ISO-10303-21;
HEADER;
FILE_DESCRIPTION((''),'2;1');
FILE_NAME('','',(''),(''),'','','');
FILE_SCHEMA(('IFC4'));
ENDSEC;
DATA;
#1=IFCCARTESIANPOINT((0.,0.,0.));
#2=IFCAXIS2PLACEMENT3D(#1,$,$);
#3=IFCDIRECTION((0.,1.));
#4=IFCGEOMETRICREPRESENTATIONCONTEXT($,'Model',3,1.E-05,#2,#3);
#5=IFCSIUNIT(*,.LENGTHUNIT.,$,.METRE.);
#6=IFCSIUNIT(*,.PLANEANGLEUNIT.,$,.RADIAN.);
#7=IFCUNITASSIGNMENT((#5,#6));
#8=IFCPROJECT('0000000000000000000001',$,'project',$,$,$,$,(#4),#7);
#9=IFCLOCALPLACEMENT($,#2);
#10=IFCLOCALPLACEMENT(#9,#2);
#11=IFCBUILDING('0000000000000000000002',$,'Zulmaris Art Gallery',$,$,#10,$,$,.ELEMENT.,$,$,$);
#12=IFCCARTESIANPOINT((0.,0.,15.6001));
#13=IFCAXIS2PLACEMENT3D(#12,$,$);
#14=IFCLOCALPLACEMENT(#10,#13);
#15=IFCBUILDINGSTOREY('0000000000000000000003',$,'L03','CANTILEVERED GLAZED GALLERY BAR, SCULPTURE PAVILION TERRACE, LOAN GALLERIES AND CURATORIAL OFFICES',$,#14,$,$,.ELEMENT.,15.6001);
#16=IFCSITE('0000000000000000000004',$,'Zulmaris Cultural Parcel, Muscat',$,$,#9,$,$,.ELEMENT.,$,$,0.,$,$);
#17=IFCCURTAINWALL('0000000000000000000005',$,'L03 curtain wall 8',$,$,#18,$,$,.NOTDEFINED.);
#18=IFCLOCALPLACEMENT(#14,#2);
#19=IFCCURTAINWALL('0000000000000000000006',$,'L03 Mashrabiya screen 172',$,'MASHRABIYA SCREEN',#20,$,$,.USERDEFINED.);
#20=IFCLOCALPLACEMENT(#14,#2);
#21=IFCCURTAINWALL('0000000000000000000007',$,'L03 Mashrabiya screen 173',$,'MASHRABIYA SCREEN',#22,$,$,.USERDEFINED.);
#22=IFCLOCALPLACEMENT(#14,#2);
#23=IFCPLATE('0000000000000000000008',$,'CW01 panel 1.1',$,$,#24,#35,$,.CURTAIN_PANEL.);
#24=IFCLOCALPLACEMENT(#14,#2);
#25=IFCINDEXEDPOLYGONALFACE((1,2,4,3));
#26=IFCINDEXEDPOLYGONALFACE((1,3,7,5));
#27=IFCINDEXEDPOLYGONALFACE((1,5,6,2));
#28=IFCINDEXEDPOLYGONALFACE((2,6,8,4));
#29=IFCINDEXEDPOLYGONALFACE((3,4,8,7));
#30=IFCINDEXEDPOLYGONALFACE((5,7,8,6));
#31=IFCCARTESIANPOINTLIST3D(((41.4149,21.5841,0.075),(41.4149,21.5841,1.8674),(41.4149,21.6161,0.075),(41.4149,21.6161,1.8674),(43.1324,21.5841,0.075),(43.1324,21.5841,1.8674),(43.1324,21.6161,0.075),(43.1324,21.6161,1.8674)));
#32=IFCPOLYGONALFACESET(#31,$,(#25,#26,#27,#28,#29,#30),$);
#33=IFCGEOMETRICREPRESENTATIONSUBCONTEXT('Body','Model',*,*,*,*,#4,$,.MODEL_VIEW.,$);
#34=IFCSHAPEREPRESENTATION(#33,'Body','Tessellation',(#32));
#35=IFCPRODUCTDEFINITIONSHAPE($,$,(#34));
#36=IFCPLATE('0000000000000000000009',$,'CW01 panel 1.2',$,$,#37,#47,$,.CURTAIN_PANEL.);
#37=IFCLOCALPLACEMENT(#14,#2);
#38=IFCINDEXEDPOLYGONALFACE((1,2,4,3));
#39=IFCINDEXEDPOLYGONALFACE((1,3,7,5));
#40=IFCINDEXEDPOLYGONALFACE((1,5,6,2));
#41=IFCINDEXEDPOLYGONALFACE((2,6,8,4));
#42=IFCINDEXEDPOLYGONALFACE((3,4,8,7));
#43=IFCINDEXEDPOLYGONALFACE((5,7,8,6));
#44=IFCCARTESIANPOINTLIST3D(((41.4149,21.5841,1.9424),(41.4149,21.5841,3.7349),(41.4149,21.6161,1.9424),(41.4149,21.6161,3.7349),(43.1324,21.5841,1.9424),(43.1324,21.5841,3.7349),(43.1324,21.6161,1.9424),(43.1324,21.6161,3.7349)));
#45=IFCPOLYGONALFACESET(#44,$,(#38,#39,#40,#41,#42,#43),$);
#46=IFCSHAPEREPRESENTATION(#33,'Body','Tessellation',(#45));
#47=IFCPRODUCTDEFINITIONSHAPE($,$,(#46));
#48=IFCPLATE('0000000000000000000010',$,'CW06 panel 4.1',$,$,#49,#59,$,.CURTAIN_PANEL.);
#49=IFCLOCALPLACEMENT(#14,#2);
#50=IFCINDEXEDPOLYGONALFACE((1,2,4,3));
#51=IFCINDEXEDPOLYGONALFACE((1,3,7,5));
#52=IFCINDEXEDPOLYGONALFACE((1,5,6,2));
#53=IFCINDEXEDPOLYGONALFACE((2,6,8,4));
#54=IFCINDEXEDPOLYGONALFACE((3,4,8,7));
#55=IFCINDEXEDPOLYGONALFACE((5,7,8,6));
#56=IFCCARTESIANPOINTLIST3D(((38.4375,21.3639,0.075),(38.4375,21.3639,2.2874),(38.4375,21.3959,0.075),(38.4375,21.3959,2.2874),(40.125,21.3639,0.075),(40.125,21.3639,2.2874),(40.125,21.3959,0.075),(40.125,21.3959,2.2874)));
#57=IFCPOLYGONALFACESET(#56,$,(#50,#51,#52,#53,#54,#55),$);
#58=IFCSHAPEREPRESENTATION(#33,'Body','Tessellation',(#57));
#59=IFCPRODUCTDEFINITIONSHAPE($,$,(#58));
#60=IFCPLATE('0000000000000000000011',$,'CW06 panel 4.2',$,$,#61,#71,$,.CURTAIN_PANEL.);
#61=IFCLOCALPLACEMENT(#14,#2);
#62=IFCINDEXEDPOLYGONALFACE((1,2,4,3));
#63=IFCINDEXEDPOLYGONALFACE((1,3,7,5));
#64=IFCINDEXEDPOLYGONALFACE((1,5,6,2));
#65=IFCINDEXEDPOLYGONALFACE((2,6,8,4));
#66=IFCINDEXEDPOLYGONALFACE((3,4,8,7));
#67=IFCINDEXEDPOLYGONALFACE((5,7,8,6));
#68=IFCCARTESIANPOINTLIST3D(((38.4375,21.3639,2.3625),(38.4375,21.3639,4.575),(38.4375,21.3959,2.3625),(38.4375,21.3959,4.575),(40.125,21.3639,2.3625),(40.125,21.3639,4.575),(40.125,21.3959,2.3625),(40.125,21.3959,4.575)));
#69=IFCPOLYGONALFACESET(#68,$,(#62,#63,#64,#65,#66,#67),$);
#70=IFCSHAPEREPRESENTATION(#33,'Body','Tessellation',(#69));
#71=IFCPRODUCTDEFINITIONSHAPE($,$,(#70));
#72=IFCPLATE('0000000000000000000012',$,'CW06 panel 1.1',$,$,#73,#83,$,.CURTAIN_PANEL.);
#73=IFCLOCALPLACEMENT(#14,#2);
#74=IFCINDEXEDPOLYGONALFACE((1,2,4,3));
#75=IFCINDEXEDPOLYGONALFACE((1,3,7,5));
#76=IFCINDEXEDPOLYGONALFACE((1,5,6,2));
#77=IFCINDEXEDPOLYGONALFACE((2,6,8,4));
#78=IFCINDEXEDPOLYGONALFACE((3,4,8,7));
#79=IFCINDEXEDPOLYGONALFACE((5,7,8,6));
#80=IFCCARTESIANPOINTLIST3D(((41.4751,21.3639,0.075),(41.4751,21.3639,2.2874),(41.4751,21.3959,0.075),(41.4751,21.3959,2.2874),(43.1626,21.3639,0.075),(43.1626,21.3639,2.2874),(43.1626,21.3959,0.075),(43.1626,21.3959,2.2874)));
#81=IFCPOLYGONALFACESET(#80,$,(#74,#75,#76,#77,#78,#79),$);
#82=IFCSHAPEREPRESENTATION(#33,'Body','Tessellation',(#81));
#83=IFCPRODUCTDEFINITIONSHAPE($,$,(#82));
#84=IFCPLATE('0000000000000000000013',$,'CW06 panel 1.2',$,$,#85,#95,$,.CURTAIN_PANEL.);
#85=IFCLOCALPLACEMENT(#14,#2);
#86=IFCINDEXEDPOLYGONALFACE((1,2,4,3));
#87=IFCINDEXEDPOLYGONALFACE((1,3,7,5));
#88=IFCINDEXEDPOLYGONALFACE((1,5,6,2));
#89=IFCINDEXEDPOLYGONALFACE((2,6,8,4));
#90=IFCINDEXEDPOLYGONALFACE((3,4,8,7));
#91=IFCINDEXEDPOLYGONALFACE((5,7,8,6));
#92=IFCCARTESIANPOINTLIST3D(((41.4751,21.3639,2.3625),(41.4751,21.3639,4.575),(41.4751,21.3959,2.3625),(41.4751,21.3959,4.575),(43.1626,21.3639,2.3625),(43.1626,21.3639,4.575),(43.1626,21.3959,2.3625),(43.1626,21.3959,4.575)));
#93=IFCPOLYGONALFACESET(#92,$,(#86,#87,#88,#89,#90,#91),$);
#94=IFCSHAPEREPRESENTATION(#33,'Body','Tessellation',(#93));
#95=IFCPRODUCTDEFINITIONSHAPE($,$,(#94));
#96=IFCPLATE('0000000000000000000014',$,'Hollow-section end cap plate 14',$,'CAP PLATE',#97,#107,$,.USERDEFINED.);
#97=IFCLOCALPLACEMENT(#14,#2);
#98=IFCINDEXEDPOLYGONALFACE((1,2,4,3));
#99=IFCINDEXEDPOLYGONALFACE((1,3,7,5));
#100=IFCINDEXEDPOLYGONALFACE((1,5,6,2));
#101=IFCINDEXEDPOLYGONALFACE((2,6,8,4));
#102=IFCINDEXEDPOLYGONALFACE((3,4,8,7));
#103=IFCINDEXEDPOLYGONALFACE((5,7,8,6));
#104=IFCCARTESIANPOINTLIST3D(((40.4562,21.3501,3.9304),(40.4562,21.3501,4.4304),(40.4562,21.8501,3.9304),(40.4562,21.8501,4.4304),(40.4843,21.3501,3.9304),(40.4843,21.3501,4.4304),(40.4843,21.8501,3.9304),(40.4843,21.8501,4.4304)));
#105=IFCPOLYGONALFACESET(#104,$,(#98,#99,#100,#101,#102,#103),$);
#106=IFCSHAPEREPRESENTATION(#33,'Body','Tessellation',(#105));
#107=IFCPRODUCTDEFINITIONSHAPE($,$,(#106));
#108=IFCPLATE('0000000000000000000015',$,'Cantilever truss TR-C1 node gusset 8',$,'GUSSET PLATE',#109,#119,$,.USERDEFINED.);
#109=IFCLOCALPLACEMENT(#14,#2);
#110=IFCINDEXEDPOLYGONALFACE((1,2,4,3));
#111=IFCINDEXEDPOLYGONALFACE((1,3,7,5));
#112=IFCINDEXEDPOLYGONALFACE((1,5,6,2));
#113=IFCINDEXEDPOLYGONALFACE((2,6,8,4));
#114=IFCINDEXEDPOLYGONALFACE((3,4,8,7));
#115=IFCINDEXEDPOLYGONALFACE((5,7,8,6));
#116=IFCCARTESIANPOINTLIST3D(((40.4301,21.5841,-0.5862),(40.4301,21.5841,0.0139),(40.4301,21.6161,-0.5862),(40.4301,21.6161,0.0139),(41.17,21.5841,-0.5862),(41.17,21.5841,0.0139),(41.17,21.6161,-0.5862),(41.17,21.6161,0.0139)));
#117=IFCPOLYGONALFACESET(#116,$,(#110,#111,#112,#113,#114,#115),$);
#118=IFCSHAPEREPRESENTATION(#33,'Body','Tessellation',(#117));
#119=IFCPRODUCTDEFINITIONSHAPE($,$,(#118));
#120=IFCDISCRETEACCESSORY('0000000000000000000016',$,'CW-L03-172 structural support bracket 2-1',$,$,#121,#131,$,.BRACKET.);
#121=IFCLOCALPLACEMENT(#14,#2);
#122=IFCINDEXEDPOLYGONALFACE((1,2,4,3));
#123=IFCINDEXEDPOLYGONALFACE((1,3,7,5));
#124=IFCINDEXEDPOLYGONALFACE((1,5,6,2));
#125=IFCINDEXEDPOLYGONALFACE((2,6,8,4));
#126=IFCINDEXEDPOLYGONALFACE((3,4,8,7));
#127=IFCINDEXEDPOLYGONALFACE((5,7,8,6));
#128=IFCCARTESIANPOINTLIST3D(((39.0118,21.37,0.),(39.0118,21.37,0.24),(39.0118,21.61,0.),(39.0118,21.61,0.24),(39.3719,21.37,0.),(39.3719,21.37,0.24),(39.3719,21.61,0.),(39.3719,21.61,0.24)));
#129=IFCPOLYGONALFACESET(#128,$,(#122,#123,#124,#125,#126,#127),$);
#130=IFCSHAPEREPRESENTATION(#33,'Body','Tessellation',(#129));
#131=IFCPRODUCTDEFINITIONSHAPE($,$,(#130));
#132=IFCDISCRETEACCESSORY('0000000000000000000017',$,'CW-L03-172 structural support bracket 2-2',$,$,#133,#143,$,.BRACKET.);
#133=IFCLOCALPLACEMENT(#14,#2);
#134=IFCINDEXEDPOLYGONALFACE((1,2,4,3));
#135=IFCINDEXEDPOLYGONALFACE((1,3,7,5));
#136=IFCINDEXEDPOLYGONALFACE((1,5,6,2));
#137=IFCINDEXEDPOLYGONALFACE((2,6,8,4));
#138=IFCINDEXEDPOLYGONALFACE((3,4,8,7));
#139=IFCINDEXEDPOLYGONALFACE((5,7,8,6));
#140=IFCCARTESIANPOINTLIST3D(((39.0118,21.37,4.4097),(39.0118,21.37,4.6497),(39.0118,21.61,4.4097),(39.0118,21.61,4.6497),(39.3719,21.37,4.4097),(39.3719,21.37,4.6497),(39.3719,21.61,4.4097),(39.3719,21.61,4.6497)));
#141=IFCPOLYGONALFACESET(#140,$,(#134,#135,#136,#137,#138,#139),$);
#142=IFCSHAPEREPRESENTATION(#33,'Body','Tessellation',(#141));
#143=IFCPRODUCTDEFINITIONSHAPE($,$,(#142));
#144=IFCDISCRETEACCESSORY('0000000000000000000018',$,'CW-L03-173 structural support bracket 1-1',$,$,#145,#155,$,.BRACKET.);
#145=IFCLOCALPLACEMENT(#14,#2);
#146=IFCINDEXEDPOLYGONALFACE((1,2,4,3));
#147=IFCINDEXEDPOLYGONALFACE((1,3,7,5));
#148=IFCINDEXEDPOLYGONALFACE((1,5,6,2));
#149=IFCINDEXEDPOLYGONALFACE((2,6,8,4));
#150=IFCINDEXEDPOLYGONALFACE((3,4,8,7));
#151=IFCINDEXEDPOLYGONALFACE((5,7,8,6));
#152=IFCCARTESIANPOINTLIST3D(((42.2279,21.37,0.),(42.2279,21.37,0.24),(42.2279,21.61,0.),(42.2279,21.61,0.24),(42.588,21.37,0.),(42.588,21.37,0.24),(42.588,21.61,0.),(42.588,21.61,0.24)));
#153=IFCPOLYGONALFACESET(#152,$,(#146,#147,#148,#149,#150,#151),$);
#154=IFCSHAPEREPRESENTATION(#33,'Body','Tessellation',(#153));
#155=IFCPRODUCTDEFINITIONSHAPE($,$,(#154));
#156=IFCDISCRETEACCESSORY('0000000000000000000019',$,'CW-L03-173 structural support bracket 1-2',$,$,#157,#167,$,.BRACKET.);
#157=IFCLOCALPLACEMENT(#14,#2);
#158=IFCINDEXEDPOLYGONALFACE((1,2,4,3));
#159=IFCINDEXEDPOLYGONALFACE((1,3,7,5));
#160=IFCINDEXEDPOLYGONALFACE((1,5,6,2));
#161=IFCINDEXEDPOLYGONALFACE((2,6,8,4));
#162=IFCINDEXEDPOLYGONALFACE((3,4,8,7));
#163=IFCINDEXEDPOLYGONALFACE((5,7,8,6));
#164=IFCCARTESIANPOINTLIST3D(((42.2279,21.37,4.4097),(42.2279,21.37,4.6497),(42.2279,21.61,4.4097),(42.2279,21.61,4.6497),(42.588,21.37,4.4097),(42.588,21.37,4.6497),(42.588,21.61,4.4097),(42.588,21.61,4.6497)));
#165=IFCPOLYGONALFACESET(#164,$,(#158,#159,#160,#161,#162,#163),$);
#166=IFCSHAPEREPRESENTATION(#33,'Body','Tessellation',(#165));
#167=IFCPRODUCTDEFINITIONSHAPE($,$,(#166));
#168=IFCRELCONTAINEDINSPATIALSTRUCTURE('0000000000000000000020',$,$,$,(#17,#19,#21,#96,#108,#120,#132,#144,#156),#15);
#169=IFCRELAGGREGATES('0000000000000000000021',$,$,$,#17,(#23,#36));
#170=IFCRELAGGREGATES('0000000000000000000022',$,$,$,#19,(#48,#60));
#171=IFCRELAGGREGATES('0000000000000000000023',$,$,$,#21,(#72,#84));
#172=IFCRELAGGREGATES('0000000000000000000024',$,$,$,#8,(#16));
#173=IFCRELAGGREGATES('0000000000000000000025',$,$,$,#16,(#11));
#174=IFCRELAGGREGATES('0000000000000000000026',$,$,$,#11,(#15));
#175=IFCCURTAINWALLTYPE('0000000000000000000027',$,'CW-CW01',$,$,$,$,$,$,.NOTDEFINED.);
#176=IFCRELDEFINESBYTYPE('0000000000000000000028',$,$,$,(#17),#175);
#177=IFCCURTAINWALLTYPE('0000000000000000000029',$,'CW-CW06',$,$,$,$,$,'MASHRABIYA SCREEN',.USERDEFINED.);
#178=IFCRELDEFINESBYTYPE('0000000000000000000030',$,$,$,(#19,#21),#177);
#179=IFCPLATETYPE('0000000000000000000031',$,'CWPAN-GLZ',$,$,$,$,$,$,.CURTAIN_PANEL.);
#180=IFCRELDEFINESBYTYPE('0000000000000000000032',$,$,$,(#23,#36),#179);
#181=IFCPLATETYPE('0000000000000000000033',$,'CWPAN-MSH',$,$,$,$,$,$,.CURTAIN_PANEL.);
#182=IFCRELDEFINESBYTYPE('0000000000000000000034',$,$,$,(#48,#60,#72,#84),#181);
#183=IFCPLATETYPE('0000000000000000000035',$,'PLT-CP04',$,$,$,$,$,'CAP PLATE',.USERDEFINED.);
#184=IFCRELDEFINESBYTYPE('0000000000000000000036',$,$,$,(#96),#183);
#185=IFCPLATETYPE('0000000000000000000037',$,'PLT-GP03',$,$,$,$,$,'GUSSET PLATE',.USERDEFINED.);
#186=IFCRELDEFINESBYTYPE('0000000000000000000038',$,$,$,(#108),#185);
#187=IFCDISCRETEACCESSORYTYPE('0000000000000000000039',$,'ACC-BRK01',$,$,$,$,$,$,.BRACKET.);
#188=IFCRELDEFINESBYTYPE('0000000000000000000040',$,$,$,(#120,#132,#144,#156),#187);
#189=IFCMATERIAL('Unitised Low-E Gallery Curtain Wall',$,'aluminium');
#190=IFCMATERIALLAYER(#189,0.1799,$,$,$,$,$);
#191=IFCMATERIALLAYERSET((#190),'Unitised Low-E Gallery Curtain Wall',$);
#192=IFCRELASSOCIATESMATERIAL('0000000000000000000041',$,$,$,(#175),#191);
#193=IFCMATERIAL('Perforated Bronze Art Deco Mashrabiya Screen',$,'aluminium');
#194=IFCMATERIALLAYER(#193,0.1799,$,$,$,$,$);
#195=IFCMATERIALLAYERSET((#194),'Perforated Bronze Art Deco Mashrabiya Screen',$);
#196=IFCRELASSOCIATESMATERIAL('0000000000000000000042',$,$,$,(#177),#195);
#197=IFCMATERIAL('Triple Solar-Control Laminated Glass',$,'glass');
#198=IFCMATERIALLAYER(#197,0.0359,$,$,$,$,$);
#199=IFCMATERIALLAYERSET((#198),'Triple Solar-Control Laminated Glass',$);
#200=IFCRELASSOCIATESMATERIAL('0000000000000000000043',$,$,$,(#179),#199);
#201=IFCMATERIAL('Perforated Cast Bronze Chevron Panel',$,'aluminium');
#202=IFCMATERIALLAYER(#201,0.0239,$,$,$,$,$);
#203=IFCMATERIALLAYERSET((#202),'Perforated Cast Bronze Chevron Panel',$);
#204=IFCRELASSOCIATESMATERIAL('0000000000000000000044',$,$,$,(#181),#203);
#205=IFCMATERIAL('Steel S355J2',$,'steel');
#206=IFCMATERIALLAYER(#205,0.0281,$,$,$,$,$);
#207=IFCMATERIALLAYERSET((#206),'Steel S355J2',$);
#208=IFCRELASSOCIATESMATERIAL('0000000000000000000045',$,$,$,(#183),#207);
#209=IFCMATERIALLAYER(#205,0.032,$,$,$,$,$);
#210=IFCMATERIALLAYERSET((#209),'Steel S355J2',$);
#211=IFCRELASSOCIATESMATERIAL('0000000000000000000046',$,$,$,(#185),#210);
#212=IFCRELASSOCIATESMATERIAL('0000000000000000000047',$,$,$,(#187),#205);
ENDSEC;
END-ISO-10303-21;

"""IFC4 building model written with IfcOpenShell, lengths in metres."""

from ifc_helpers import new_model, si_unit, direction, frame, origin, origin_2d, place, context, subcontext, project, spatial, rectangle, extrude, material, layer, layer_set, type_object, element, aggregate, save


model = new_model("IFC4")

# Units and contexts
model_context = context("Model", 3, precision=1e-05, world=origin(), true_north=direction((0.0, 1.0)))
body_context = subcontext(model_context, "Body", "Model", "MODEL_VIEW")
ifc_project = project(units=[si_unit("LENGTHUNIT", "METRE"), si_unit("PLANEANGLEUNIT", "RADIAN")], contexts=[model_context])

# Site, building, storey
site_placement = place(None, origin())
site = spatial("IfcSite", under=ifc_project, at=site_placement, Name="Zulmaris Cultural Parcel, Muscat", CompositionType="ELEMENT", RefElevation=0.0)
building_placement = place(site_placement, origin())
building = spatial("IfcBuilding", under=site, at=building_placement, Name="Zulmaris Art Gallery", CompositionType="ELEMENT")
storey_placement = place(building_placement, frame((0.0, 0.0, 15.6001)))
storey = spatial("IfcBuildingStorey", under=building, at=storey_placement, Name="L03", Description="CANTILEVERED GLAZED GALLERY BAR, SCULPTURE PAVILION TERRACE, LOAN GALLERIES AND CURATORIAL OFFICES", CompositionType="ELEMENT", Elevation=15.6001)

# Shared definitions
ifc_material_1 = material(Name="Steel S355J2", Category="steel")

# Curtain wall
ifc_material_2 = material(Name="Unitised Low-E Gallery Curtain Wall", Category="aluminium")
ifc_layer_1 = layer(ifc_material_2, 0.1799)
ifc_layer_set_1 = layer_set([ifc_layer_1], Name="Unitised Low-E Gallery Curtain Wall")
curtain_wall_type_1 = type_object("IfcCurtainWallType", Name="CW-CW01", PredefinedType="NOTDEFINED", material=ifc_layer_set_1)
curtain_wall_1_placement = place(storey_placement, origin())
curtain_wall_1 = element("IfcCurtainWall", 1, at=curtain_wall_1_placement, inside=storey, type_object=curtain_wall_type_1, Name="L03 curtain wall 8", PredefinedType="NOTDEFINED")

# Curtain wall
ifc_material_3 = material(Name="Perforated Bronze Art Deco Mashrabiya Screen", Category="aluminium")
ifc_layer_2 = layer(ifc_material_3, 0.1799)
ifc_layer_set_2 = layer_set([ifc_layer_2], Name="Perforated Bronze Art Deco Mashrabiya Screen")
curtain_wall_type_2 = type_object("IfcCurtainWallType", Name="CW-CW06", ElementType="MASHRABIYA SCREEN", PredefinedType="USERDEFINED", material=ifc_layer_set_2)
curtain_wall_2_placement = place(storey_placement, origin())
curtain_wall_2 = element("IfcCurtainWall", 2, at=curtain_wall_2_placement, inside=storey, type_object=curtain_wall_type_2, Name="L03 Mashrabiya screen 172", ObjectType="MASHRABIYA SCREEN", PredefinedType="USERDEFINED")

# Curtain wall
curtain_wall_3_placement = place(storey_placement, origin())
curtain_wall_3 = element("IfcCurtainWall", 3, at=curtain_wall_3_placement, inside=storey, type_object=curtain_wall_type_2, Name="L03 Mashrabiya screen 173", ObjectType="MASHRABIYA SCREEN", PredefinedType="USERDEFINED")

# Plates
ifc_material_4 = material(Name="Triple Solar-Control Laminated Glass", Category="glass")
ifc_layer_3 = layer(ifc_material_4, 0.0359)
ifc_layer_set_3 = layer_set([ifc_layer_3], Name="Triple Solar-Control Laminated Glass")
plate_type_1 = type_object("IfcPlateType", Name="CWPAN-GLZ", PredefinedType="CURTAIN_PANEL", material=ifc_layer_set_3)
plate_1_placement = place(storey_placement, frame((42.2737, 21.6001, 0.075), z_axis=(0.0, 0.0, 1.0), x_axis=(1.0, 0.0, 0.0)))
plate_1 = element("IfcPlate", 4, at=plate_1_placement, type_object=plate_type_1, Name="CW01 panel 1.1", PredefinedType="CURTAIN_PANEL", context=body_context, shape_type="SweptSolid", body=[
    extrude(rectangle(XDim=1.7175, YDim=0.032, at=origin_2d()), origin(), (0.0, 0.0, 1.0), 1.7925),
])
plate_2_placement = place(storey_placement, frame((42.2737, 21.6001, 1.9424), z_axis=(0.0, 0.0, 1.0), x_axis=(1.0, 0.0, 0.0)))
plate_2 = element("IfcPlate", 5, at=plate_2_placement, type_object=plate_type_1, Name="CW01 panel 1.2", PredefinedType="CURTAIN_PANEL", context=body_context, shape_type="SweptSolid", body=[
    extrude(rectangle(XDim=1.7175, YDim=0.032, at=origin_2d()), origin(), (0.0, 0.0, 1.0), 1.7925),
])
aggregate(curtain_wall_1, [plate_1, plate_2])
ifc_material_5 = material(Name="Perforated Cast Bronze Chevron Panel", Category="aluminium")
ifc_layer_4 = layer(ifc_material_5, 0.0239)
ifc_layer_set_4 = layer_set([ifc_layer_4], Name="Perforated Cast Bronze Chevron Panel")
plate_type_2 = type_object("IfcPlateType", Name="CWPAN-MSH", PredefinedType="CURTAIN_PANEL", material=ifc_layer_set_4)
plate_3_placement = place(storey_placement, frame((39.2812, 21.3799, 0.075), z_axis=(0.0, 0.0, 1.0), x_axis=(1.0, 0.0, 0.0)))
plate_3 = element("IfcPlate", 6, at=plate_3_placement, type_object=plate_type_2, Name="CW06 panel 4.1", PredefinedType="CURTAIN_PANEL", context=body_context, shape_type="SweptSolid", body=[
    extrude(rectangle(XDim=1.6875, YDim=0.032, at=origin_2d()), origin(), (0.0, 0.0, 1.0), 2.2124),
])
plate_4_placement = place(storey_placement, frame((39.2812, 21.3799, 2.3625), z_axis=(0.0, 0.0, 1.0), x_axis=(1.0, 0.0, 0.0)))
plate_4 = element("IfcPlate", 7, at=plate_4_placement, type_object=plate_type_2, Name="CW06 panel 4.2", PredefinedType="CURTAIN_PANEL", context=body_context, shape_type="SweptSolid", body=[
    extrude(rectangle(XDim=1.6875, YDim=0.032, at=origin_2d()), origin(), (0.0, 0.0, 1.0), 2.2124),
])
aggregate(curtain_wall_2, [plate_3, plate_4])
plate_5_placement = place(storey_placement, frame((42.3188, 21.3799, 0.075), z_axis=(0.0, 0.0, 1.0), x_axis=(1.0, 0.0, 0.0)))
plate_5 = element("IfcPlate", 8, at=plate_5_placement, type_object=plate_type_2, Name="CW06 panel 1.1", PredefinedType="CURTAIN_PANEL", context=body_context, shape_type="SweptSolid", body=[
    extrude(rectangle(XDim=1.6875, YDim=0.032, at=origin_2d()), origin(), (0.0, 0.0, 1.0), 2.2124),
])
plate_6_placement = place(storey_placement, frame((42.3188, 21.3799, 2.3625), z_axis=(0.0, 0.0, 1.0), x_axis=(1.0, 0.0, 0.0)))
plate_6 = element("IfcPlate", 9, at=plate_6_placement, type_object=plate_type_2, Name="CW06 panel 1.2", PredefinedType="CURTAIN_PANEL", context=body_context, shape_type="SweptSolid", body=[
    extrude(rectangle(XDim=1.6875, YDim=0.032, at=origin_2d()), origin(), (0.0, 0.0, 1.0), 2.2124),
])
aggregate(curtain_wall_3, [plate_5, plate_6])

# Plates
ifc_layer_5 = layer(ifc_material_1, 0.0281)
ifc_layer_set_5 = layer_set([ifc_layer_5], Name="Steel S355J2")
plate_type_3 = type_object("IfcPlateType", Name="PLT-CP04", ElementType="CAP PLATE", PredefinedType="USERDEFINED", material=ifc_layer_set_5)
plate_7_placement = place(storey_placement, frame((40.4702, 21.6001, 3.9304), z_axis=(0.0, 0.0, 1.0), x_axis=(1.0, 0.0, 0.0)))
element("IfcPlate", 10, at=plate_7_placement, inside=storey, type_object=plate_type_3, Name="Hollow-section end cap plate 14", ObjectType="CAP PLATE", PredefinedType="USERDEFINED", context=body_context, shape_type="SweptSolid", body=[
    extrude(rectangle(XDim=0.0281, YDim=0.5, at=origin_2d()), origin(), (0.0, 0.0, 1.0), 0.5),
])
ifc_layer_6 = layer(ifc_material_1, 0.032)
ifc_layer_set_6 = layer_set([ifc_layer_6], Name="Steel S355J2")
plate_type_4 = type_object("IfcPlateType", Name="PLT-GP03", ElementType="GUSSET PLATE", PredefinedType="USERDEFINED", material=ifc_layer_set_6)
plate_8_placement = place(storey_placement, frame((40.8, 21.6001, -0.5862), z_axis=(0.0, 0.0, 1.0), x_axis=(1.0, 0.0, 0.0)))
element("IfcPlate", 11, at=plate_8_placement, inside=storey, type_object=plate_type_4, Name="Cantilever truss TR-C1 node gusset 8", ObjectType="GUSSET PLATE", PredefinedType="USERDEFINED", context=body_context, shape_type="SweptSolid", body=[
    extrude(rectangle(XDim=0.74, YDim=0.032, at=origin_2d()), origin(), (0.0, 0.0, 1.0), 0.6001),
])

# Discrete accessories
discrete_accessory_type = type_object("IfcDiscreteAccessoryType", Name="ACC-BRK01", PredefinedType="BRACKET", material=ifc_material_1)
for number, where, z_axis, x_axis, name in (
    (12, (39.1919, 21.49, 0.0), (0.0, 0.0, 1.0), (1.0, 0.0, 0.0), "CW-L03-172 structural support bracket 2-1"),
    (13, (39.1919, 21.49, 4.4097), (0.0, 0.0, 1.0), (1.0, 0.0, 0.0), "CW-L03-172 structural support bracket 2-2"),
    (14, (42.408, 21.49, 0.0), (0.0, 0.0, 1.0), (1.0, 0.0, 0.0), "CW-L03-173 structural support bracket 1-1"),
    (15, (42.408, 21.49, 4.4097), (0.0, 0.0, 1.0), (1.0, 0.0, 0.0), "CW-L03-173 structural support bracket 1-2"),
):
    element("IfcDiscreteAccessory", number, at=place(storey_placement, frame(where, z_axis=z_axis, x_axis=x_axis)), inside=storey, type_object=discrete_accessory_type, Name=name, PredefinedType="BRACKET", context=body_context, shape_type="SweptSolid", body=[
        extrude(rectangle(XDim=0.3601, YDim=0.24, at=origin_2d()), origin(), (0.0, 0.0, 1.0), 0.24),
    ])

save(model, "model.ifc")
